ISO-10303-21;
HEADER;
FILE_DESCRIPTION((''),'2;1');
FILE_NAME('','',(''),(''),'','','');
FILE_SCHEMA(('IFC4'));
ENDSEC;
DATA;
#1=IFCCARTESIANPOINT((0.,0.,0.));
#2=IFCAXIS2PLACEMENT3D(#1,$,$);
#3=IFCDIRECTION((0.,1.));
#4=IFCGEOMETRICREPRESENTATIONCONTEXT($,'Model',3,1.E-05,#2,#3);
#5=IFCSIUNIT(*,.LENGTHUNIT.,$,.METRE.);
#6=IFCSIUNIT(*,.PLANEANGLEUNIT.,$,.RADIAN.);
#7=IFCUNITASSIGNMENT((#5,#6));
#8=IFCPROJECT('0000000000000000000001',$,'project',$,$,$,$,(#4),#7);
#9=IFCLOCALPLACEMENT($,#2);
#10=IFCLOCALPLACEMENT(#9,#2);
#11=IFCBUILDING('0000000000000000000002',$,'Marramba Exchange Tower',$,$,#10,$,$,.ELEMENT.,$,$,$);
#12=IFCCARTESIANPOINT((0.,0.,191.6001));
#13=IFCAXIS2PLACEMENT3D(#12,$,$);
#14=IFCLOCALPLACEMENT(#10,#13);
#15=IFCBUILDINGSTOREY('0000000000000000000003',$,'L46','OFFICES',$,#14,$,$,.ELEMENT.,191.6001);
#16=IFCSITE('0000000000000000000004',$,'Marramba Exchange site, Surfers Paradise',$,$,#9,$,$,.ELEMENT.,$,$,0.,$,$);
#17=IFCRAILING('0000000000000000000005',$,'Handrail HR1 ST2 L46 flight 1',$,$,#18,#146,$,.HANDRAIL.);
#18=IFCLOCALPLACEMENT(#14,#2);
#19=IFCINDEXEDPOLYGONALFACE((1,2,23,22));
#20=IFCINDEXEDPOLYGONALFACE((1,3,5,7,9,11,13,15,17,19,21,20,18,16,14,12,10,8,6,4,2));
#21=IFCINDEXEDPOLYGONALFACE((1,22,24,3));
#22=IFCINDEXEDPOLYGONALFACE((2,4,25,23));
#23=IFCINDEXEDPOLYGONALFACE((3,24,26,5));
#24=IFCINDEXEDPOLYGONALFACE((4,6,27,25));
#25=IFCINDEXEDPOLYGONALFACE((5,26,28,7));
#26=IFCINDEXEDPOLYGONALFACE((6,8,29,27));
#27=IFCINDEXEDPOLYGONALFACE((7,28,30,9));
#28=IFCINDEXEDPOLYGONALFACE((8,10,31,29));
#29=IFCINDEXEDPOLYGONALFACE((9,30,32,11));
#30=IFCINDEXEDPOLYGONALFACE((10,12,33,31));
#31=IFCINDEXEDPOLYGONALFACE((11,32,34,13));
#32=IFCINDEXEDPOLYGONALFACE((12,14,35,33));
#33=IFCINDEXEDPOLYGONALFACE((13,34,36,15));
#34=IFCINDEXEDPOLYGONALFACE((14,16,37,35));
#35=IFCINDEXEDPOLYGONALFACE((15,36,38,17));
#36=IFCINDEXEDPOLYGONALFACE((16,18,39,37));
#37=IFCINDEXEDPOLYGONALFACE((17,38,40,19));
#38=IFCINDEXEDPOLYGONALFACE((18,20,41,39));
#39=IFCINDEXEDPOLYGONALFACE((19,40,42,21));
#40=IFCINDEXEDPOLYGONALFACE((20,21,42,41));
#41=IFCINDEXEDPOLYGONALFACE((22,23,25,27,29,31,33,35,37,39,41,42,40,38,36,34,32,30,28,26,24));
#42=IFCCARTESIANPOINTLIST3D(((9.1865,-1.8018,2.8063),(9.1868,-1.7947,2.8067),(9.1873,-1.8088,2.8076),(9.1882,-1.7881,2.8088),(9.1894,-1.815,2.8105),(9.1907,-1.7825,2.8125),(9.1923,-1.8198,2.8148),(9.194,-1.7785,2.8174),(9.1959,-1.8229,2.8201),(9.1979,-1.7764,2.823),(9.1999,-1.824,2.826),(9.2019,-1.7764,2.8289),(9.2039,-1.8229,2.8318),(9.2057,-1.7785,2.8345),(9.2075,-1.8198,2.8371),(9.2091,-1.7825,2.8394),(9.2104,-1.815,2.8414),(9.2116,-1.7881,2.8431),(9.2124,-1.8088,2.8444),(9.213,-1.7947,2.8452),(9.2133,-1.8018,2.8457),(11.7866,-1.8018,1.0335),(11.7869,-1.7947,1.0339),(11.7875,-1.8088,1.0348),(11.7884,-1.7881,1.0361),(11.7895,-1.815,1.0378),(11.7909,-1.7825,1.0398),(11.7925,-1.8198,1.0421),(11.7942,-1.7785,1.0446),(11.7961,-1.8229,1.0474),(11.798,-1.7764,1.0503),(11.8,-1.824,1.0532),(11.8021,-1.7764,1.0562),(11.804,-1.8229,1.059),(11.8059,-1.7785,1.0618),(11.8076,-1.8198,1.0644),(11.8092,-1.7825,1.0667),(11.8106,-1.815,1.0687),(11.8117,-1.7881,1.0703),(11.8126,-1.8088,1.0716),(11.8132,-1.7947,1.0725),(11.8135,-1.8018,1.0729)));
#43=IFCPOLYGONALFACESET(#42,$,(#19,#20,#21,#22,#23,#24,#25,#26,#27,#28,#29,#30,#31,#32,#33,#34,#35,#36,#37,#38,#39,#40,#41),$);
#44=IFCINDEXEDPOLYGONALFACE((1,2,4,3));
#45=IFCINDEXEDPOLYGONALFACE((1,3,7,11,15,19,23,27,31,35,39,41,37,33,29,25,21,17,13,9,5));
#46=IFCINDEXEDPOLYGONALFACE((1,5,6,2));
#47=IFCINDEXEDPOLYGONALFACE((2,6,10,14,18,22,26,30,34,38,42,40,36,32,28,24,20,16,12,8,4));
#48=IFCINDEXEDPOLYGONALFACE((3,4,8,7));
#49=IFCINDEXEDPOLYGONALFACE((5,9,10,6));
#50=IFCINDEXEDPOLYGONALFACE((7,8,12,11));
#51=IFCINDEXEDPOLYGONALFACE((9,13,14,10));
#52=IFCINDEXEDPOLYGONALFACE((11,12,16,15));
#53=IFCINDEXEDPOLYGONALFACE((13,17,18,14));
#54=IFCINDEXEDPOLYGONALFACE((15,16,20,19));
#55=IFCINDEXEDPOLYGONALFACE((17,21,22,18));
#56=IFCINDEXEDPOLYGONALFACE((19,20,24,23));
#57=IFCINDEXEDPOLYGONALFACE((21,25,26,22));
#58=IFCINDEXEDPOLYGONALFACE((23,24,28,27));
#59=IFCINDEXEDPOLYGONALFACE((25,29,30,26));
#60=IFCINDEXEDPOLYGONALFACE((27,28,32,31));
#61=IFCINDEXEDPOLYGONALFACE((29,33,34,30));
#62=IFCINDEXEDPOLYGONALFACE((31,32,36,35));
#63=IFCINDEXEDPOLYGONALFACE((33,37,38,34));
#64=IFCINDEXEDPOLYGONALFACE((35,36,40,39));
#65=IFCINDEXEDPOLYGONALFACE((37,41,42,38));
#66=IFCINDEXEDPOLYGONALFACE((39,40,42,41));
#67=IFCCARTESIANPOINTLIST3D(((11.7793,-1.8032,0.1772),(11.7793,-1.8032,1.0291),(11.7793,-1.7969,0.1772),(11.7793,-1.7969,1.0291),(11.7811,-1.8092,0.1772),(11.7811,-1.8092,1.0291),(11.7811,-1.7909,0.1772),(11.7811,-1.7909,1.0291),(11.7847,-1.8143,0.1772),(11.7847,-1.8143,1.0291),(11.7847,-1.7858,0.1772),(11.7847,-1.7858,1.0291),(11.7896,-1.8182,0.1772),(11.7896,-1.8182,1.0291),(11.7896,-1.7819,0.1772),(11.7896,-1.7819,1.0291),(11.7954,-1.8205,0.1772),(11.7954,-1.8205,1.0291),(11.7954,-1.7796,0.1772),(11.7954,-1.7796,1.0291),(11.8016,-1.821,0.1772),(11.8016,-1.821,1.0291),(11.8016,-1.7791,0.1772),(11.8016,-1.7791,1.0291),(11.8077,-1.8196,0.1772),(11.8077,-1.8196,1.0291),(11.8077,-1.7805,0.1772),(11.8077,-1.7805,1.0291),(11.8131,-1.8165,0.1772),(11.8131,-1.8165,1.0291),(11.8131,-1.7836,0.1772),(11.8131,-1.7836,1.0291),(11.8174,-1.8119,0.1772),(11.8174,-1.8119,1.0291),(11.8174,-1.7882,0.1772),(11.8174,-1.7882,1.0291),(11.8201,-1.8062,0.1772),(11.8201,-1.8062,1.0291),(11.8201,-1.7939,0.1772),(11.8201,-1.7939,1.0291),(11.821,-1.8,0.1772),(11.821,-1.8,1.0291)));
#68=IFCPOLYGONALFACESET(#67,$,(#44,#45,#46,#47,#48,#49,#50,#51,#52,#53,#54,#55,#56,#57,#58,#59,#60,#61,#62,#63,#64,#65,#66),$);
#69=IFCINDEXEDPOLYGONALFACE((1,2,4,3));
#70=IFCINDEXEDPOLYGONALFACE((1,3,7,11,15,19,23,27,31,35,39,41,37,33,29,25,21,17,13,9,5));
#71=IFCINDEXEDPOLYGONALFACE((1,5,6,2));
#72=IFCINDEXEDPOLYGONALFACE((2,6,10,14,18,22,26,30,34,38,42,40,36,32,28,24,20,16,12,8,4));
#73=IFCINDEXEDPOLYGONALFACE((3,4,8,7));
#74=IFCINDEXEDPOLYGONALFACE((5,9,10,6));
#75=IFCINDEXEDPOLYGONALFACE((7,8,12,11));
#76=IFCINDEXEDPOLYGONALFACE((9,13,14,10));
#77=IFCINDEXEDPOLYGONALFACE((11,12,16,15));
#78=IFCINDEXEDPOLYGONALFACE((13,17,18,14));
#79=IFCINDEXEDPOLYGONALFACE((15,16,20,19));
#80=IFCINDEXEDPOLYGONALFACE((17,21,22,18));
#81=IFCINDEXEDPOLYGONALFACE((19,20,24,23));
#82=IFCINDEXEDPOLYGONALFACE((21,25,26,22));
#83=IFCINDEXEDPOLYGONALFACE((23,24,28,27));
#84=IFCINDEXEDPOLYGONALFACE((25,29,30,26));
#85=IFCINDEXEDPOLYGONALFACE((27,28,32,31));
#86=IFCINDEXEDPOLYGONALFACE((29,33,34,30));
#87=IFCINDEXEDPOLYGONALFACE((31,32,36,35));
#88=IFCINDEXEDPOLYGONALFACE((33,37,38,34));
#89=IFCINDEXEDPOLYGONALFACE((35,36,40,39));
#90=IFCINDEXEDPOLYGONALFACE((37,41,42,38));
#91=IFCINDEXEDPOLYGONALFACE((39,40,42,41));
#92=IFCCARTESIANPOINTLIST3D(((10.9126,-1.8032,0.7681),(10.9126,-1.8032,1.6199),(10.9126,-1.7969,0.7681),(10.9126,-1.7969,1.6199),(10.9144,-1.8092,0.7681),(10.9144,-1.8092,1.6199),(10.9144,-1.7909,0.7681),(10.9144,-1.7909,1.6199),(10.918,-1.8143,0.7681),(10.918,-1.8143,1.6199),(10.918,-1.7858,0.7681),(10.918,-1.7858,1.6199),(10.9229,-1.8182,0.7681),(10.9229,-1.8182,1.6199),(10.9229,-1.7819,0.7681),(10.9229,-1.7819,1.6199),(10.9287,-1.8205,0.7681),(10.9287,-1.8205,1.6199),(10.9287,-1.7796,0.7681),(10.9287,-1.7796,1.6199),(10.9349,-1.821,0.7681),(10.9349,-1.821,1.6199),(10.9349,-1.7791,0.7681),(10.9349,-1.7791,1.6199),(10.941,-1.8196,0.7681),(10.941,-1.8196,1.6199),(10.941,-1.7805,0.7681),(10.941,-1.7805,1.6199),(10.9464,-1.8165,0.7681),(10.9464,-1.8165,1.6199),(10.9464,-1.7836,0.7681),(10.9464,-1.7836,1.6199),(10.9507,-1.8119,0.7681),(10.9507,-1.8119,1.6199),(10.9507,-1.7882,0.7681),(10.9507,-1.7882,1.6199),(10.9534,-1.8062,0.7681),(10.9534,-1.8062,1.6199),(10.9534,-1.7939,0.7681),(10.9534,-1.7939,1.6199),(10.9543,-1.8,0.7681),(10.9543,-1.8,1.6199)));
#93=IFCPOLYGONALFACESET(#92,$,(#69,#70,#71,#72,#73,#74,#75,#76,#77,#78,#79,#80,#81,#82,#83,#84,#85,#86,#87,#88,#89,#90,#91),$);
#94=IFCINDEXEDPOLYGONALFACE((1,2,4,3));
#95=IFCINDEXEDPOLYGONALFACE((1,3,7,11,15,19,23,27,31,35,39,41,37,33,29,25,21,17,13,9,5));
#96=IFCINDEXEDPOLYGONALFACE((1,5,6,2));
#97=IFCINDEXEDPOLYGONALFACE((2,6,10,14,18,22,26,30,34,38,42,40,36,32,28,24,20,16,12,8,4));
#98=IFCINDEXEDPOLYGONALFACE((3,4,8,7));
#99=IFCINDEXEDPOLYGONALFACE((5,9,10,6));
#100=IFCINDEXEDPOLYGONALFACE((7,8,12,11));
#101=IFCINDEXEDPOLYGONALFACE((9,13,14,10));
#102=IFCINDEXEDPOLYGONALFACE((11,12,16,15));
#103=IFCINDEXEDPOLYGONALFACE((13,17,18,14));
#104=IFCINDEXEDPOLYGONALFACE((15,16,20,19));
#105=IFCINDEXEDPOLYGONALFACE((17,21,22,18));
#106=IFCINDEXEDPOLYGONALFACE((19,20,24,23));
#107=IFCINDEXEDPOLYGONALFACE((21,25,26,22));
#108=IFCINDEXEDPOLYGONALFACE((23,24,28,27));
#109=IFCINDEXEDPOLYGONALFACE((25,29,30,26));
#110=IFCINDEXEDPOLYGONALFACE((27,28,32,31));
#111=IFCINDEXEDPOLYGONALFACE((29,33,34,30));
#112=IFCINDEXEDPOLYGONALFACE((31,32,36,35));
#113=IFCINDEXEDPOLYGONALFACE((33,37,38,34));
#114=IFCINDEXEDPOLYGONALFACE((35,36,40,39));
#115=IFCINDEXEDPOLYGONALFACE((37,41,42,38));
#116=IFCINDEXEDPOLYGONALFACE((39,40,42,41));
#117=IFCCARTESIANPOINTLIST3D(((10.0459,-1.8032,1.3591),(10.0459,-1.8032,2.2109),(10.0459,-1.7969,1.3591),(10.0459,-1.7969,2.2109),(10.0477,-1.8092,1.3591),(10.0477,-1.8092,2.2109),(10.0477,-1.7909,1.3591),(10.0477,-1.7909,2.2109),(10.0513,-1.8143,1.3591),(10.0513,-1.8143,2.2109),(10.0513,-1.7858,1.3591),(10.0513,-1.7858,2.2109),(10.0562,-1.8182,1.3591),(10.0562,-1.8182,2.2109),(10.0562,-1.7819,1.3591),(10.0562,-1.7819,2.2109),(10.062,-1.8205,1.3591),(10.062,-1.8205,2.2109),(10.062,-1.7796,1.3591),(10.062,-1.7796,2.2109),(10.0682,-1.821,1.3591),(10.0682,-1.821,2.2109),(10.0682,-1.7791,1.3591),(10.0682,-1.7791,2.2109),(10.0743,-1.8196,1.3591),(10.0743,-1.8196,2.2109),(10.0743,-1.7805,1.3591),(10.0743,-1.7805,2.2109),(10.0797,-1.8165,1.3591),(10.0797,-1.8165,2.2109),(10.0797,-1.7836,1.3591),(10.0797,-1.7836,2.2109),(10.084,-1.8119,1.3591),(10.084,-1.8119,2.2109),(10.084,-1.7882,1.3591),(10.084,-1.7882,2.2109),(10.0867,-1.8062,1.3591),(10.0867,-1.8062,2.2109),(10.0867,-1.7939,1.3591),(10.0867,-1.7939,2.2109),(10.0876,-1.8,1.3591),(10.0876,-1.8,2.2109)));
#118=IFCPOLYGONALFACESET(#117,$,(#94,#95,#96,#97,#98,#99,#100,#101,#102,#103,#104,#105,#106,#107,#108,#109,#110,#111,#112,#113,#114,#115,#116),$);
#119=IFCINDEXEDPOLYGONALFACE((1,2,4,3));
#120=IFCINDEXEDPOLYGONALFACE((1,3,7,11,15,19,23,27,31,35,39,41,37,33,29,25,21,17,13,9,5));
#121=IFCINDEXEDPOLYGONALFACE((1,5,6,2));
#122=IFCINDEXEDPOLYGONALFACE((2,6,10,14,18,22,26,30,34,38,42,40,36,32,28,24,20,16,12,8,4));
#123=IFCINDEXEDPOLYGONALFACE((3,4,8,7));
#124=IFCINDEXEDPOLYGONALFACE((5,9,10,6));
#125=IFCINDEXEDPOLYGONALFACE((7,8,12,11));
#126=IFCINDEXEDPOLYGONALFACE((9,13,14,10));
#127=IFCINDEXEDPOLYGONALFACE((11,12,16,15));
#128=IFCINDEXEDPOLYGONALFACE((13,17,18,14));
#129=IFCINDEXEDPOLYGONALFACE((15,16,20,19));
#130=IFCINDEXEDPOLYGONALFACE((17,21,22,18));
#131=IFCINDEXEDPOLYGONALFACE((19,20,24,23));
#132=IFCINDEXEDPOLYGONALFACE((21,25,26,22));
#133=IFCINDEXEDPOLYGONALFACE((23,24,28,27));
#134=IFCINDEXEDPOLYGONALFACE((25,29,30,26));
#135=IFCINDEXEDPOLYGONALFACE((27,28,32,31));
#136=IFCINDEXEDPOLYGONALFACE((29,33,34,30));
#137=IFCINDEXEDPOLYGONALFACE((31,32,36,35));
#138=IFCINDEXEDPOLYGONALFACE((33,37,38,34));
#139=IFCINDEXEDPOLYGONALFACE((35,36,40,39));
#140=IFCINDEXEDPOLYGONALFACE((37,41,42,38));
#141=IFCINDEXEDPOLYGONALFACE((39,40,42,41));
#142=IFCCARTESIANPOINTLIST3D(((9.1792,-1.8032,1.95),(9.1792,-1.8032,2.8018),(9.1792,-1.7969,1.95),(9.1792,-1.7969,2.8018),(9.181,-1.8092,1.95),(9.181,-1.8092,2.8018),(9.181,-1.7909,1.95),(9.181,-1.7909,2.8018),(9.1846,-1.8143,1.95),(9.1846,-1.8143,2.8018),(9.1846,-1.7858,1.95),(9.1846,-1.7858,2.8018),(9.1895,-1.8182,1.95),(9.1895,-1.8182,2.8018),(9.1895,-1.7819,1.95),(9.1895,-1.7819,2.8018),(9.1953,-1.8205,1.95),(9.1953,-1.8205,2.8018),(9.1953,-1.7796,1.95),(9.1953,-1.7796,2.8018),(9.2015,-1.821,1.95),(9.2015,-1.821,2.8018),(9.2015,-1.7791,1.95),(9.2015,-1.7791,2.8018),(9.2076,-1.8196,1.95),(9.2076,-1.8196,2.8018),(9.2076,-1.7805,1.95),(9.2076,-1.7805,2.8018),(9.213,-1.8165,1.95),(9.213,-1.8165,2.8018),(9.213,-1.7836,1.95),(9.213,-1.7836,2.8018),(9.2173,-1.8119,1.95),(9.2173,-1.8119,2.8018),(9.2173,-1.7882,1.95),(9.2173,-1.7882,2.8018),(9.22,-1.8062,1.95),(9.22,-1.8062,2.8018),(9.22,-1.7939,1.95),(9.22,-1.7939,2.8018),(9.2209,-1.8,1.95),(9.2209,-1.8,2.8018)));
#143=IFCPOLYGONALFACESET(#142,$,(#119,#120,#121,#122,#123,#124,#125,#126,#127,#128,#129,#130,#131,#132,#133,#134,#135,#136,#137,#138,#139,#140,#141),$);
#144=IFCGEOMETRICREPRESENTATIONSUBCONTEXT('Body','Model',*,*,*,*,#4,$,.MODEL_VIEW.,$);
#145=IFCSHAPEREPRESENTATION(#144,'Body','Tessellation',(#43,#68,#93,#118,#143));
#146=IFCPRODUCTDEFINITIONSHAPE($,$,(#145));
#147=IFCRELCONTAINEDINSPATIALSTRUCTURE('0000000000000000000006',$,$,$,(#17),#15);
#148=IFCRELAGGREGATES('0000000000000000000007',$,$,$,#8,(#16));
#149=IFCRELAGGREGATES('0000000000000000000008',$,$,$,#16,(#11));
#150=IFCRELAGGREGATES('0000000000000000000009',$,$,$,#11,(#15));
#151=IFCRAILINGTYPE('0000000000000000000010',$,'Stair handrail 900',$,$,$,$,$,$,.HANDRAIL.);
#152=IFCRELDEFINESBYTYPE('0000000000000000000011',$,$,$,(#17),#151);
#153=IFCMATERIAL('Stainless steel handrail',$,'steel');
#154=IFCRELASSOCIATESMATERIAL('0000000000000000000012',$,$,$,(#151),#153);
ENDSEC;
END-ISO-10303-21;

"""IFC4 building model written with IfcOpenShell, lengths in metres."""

from ifc_helpers import new_model, si_unit, direction, frame, origin, origin_2d, place, context, subcontext, project, spatial, circle, extrude, material, type_object, element, save


model = new_model("IFC4")

# Units and contexts
model_context = context("Model", 3, precision=1e-05, world=origin(), true_north=direction((0.0, 1.0)))
body_context = subcontext(model_context, "Body", "Model", "MODEL_VIEW")
ifc_project = project(units=[si_unit("LENGTHUNIT", "METRE"), si_unit("PLANEANGLEUNIT", "RADIAN")], contexts=[model_context])

# Site, building, storey
site_placement = place(None, origin())
site = spatial("IfcSite", under=ifc_project, at=site_placement, Name="Marramba Exchange site, Surfers Paradise", CompositionType="ELEMENT", RefElevation=0.0)
building_placement = place(site_placement, origin())
building = spatial("IfcBuilding", under=site, at=building_placement, Name="Marramba Exchange Tower", CompositionType="ELEMENT")
storey_placement = place(building_placement, frame((0.0, 0.0, 191.6001)))
storey = spatial("IfcBuildingStorey", under=building, at=storey_placement, Name="L46", Description="OFFICES", CompositionType="ELEMENT", Elevation=191.6001)

# Railing
ifc_material_1 = material(Name="Stainless steel handrail", Category="steel")
railing_type = type_object("IfcRailingType", Name="Stair handrail 900", PredefinedType="HANDRAIL", material=ifc_material_1)
railing_placement = place(storey_placement, frame((11.8, -1.8, 0.1772)))
element("IfcRailing", 1, at=railing_placement, inside=storey, type_object=railing_type, Name="Handrail HR1 ST2 L46 flight 1", PredefinedType="HANDRAIL", context=body_context, shape_type="SweptSolid", body=[
    extrude(circle(Radius=0.0239, at=origin_2d()), frame((0.0, 0.0, 0.876), z_axis=(-0.82624, 0.0, 0.563318), x_axis=(0.0, -1.0, 0.0)), (0.0, 0.0, 1.0), 3.147),
    extrude(circle(Radius=0.021, at=origin_2d()), origin(), (0.0, 0.0, 1.0), 0.8518),
    extrude(circle(Radius=0.021, at=origin_2d()), frame((-0.8667, 0.0, 0.5908)), (0.0, 0.0, 1.0), 0.8518),
    extrude(circle(Radius=0.021, at=origin_2d()), frame((-1.7334, 0.0, 1.1819)), (0.0, 0.0, 1.0), 0.8518),
    extrude(circle(Radius=0.021, at=origin_2d()), frame((-2.6001, 0.0, 1.7727)), (0.0, 0.0, 1.0), 0.8518),
])

save(model, "model.ifc")
